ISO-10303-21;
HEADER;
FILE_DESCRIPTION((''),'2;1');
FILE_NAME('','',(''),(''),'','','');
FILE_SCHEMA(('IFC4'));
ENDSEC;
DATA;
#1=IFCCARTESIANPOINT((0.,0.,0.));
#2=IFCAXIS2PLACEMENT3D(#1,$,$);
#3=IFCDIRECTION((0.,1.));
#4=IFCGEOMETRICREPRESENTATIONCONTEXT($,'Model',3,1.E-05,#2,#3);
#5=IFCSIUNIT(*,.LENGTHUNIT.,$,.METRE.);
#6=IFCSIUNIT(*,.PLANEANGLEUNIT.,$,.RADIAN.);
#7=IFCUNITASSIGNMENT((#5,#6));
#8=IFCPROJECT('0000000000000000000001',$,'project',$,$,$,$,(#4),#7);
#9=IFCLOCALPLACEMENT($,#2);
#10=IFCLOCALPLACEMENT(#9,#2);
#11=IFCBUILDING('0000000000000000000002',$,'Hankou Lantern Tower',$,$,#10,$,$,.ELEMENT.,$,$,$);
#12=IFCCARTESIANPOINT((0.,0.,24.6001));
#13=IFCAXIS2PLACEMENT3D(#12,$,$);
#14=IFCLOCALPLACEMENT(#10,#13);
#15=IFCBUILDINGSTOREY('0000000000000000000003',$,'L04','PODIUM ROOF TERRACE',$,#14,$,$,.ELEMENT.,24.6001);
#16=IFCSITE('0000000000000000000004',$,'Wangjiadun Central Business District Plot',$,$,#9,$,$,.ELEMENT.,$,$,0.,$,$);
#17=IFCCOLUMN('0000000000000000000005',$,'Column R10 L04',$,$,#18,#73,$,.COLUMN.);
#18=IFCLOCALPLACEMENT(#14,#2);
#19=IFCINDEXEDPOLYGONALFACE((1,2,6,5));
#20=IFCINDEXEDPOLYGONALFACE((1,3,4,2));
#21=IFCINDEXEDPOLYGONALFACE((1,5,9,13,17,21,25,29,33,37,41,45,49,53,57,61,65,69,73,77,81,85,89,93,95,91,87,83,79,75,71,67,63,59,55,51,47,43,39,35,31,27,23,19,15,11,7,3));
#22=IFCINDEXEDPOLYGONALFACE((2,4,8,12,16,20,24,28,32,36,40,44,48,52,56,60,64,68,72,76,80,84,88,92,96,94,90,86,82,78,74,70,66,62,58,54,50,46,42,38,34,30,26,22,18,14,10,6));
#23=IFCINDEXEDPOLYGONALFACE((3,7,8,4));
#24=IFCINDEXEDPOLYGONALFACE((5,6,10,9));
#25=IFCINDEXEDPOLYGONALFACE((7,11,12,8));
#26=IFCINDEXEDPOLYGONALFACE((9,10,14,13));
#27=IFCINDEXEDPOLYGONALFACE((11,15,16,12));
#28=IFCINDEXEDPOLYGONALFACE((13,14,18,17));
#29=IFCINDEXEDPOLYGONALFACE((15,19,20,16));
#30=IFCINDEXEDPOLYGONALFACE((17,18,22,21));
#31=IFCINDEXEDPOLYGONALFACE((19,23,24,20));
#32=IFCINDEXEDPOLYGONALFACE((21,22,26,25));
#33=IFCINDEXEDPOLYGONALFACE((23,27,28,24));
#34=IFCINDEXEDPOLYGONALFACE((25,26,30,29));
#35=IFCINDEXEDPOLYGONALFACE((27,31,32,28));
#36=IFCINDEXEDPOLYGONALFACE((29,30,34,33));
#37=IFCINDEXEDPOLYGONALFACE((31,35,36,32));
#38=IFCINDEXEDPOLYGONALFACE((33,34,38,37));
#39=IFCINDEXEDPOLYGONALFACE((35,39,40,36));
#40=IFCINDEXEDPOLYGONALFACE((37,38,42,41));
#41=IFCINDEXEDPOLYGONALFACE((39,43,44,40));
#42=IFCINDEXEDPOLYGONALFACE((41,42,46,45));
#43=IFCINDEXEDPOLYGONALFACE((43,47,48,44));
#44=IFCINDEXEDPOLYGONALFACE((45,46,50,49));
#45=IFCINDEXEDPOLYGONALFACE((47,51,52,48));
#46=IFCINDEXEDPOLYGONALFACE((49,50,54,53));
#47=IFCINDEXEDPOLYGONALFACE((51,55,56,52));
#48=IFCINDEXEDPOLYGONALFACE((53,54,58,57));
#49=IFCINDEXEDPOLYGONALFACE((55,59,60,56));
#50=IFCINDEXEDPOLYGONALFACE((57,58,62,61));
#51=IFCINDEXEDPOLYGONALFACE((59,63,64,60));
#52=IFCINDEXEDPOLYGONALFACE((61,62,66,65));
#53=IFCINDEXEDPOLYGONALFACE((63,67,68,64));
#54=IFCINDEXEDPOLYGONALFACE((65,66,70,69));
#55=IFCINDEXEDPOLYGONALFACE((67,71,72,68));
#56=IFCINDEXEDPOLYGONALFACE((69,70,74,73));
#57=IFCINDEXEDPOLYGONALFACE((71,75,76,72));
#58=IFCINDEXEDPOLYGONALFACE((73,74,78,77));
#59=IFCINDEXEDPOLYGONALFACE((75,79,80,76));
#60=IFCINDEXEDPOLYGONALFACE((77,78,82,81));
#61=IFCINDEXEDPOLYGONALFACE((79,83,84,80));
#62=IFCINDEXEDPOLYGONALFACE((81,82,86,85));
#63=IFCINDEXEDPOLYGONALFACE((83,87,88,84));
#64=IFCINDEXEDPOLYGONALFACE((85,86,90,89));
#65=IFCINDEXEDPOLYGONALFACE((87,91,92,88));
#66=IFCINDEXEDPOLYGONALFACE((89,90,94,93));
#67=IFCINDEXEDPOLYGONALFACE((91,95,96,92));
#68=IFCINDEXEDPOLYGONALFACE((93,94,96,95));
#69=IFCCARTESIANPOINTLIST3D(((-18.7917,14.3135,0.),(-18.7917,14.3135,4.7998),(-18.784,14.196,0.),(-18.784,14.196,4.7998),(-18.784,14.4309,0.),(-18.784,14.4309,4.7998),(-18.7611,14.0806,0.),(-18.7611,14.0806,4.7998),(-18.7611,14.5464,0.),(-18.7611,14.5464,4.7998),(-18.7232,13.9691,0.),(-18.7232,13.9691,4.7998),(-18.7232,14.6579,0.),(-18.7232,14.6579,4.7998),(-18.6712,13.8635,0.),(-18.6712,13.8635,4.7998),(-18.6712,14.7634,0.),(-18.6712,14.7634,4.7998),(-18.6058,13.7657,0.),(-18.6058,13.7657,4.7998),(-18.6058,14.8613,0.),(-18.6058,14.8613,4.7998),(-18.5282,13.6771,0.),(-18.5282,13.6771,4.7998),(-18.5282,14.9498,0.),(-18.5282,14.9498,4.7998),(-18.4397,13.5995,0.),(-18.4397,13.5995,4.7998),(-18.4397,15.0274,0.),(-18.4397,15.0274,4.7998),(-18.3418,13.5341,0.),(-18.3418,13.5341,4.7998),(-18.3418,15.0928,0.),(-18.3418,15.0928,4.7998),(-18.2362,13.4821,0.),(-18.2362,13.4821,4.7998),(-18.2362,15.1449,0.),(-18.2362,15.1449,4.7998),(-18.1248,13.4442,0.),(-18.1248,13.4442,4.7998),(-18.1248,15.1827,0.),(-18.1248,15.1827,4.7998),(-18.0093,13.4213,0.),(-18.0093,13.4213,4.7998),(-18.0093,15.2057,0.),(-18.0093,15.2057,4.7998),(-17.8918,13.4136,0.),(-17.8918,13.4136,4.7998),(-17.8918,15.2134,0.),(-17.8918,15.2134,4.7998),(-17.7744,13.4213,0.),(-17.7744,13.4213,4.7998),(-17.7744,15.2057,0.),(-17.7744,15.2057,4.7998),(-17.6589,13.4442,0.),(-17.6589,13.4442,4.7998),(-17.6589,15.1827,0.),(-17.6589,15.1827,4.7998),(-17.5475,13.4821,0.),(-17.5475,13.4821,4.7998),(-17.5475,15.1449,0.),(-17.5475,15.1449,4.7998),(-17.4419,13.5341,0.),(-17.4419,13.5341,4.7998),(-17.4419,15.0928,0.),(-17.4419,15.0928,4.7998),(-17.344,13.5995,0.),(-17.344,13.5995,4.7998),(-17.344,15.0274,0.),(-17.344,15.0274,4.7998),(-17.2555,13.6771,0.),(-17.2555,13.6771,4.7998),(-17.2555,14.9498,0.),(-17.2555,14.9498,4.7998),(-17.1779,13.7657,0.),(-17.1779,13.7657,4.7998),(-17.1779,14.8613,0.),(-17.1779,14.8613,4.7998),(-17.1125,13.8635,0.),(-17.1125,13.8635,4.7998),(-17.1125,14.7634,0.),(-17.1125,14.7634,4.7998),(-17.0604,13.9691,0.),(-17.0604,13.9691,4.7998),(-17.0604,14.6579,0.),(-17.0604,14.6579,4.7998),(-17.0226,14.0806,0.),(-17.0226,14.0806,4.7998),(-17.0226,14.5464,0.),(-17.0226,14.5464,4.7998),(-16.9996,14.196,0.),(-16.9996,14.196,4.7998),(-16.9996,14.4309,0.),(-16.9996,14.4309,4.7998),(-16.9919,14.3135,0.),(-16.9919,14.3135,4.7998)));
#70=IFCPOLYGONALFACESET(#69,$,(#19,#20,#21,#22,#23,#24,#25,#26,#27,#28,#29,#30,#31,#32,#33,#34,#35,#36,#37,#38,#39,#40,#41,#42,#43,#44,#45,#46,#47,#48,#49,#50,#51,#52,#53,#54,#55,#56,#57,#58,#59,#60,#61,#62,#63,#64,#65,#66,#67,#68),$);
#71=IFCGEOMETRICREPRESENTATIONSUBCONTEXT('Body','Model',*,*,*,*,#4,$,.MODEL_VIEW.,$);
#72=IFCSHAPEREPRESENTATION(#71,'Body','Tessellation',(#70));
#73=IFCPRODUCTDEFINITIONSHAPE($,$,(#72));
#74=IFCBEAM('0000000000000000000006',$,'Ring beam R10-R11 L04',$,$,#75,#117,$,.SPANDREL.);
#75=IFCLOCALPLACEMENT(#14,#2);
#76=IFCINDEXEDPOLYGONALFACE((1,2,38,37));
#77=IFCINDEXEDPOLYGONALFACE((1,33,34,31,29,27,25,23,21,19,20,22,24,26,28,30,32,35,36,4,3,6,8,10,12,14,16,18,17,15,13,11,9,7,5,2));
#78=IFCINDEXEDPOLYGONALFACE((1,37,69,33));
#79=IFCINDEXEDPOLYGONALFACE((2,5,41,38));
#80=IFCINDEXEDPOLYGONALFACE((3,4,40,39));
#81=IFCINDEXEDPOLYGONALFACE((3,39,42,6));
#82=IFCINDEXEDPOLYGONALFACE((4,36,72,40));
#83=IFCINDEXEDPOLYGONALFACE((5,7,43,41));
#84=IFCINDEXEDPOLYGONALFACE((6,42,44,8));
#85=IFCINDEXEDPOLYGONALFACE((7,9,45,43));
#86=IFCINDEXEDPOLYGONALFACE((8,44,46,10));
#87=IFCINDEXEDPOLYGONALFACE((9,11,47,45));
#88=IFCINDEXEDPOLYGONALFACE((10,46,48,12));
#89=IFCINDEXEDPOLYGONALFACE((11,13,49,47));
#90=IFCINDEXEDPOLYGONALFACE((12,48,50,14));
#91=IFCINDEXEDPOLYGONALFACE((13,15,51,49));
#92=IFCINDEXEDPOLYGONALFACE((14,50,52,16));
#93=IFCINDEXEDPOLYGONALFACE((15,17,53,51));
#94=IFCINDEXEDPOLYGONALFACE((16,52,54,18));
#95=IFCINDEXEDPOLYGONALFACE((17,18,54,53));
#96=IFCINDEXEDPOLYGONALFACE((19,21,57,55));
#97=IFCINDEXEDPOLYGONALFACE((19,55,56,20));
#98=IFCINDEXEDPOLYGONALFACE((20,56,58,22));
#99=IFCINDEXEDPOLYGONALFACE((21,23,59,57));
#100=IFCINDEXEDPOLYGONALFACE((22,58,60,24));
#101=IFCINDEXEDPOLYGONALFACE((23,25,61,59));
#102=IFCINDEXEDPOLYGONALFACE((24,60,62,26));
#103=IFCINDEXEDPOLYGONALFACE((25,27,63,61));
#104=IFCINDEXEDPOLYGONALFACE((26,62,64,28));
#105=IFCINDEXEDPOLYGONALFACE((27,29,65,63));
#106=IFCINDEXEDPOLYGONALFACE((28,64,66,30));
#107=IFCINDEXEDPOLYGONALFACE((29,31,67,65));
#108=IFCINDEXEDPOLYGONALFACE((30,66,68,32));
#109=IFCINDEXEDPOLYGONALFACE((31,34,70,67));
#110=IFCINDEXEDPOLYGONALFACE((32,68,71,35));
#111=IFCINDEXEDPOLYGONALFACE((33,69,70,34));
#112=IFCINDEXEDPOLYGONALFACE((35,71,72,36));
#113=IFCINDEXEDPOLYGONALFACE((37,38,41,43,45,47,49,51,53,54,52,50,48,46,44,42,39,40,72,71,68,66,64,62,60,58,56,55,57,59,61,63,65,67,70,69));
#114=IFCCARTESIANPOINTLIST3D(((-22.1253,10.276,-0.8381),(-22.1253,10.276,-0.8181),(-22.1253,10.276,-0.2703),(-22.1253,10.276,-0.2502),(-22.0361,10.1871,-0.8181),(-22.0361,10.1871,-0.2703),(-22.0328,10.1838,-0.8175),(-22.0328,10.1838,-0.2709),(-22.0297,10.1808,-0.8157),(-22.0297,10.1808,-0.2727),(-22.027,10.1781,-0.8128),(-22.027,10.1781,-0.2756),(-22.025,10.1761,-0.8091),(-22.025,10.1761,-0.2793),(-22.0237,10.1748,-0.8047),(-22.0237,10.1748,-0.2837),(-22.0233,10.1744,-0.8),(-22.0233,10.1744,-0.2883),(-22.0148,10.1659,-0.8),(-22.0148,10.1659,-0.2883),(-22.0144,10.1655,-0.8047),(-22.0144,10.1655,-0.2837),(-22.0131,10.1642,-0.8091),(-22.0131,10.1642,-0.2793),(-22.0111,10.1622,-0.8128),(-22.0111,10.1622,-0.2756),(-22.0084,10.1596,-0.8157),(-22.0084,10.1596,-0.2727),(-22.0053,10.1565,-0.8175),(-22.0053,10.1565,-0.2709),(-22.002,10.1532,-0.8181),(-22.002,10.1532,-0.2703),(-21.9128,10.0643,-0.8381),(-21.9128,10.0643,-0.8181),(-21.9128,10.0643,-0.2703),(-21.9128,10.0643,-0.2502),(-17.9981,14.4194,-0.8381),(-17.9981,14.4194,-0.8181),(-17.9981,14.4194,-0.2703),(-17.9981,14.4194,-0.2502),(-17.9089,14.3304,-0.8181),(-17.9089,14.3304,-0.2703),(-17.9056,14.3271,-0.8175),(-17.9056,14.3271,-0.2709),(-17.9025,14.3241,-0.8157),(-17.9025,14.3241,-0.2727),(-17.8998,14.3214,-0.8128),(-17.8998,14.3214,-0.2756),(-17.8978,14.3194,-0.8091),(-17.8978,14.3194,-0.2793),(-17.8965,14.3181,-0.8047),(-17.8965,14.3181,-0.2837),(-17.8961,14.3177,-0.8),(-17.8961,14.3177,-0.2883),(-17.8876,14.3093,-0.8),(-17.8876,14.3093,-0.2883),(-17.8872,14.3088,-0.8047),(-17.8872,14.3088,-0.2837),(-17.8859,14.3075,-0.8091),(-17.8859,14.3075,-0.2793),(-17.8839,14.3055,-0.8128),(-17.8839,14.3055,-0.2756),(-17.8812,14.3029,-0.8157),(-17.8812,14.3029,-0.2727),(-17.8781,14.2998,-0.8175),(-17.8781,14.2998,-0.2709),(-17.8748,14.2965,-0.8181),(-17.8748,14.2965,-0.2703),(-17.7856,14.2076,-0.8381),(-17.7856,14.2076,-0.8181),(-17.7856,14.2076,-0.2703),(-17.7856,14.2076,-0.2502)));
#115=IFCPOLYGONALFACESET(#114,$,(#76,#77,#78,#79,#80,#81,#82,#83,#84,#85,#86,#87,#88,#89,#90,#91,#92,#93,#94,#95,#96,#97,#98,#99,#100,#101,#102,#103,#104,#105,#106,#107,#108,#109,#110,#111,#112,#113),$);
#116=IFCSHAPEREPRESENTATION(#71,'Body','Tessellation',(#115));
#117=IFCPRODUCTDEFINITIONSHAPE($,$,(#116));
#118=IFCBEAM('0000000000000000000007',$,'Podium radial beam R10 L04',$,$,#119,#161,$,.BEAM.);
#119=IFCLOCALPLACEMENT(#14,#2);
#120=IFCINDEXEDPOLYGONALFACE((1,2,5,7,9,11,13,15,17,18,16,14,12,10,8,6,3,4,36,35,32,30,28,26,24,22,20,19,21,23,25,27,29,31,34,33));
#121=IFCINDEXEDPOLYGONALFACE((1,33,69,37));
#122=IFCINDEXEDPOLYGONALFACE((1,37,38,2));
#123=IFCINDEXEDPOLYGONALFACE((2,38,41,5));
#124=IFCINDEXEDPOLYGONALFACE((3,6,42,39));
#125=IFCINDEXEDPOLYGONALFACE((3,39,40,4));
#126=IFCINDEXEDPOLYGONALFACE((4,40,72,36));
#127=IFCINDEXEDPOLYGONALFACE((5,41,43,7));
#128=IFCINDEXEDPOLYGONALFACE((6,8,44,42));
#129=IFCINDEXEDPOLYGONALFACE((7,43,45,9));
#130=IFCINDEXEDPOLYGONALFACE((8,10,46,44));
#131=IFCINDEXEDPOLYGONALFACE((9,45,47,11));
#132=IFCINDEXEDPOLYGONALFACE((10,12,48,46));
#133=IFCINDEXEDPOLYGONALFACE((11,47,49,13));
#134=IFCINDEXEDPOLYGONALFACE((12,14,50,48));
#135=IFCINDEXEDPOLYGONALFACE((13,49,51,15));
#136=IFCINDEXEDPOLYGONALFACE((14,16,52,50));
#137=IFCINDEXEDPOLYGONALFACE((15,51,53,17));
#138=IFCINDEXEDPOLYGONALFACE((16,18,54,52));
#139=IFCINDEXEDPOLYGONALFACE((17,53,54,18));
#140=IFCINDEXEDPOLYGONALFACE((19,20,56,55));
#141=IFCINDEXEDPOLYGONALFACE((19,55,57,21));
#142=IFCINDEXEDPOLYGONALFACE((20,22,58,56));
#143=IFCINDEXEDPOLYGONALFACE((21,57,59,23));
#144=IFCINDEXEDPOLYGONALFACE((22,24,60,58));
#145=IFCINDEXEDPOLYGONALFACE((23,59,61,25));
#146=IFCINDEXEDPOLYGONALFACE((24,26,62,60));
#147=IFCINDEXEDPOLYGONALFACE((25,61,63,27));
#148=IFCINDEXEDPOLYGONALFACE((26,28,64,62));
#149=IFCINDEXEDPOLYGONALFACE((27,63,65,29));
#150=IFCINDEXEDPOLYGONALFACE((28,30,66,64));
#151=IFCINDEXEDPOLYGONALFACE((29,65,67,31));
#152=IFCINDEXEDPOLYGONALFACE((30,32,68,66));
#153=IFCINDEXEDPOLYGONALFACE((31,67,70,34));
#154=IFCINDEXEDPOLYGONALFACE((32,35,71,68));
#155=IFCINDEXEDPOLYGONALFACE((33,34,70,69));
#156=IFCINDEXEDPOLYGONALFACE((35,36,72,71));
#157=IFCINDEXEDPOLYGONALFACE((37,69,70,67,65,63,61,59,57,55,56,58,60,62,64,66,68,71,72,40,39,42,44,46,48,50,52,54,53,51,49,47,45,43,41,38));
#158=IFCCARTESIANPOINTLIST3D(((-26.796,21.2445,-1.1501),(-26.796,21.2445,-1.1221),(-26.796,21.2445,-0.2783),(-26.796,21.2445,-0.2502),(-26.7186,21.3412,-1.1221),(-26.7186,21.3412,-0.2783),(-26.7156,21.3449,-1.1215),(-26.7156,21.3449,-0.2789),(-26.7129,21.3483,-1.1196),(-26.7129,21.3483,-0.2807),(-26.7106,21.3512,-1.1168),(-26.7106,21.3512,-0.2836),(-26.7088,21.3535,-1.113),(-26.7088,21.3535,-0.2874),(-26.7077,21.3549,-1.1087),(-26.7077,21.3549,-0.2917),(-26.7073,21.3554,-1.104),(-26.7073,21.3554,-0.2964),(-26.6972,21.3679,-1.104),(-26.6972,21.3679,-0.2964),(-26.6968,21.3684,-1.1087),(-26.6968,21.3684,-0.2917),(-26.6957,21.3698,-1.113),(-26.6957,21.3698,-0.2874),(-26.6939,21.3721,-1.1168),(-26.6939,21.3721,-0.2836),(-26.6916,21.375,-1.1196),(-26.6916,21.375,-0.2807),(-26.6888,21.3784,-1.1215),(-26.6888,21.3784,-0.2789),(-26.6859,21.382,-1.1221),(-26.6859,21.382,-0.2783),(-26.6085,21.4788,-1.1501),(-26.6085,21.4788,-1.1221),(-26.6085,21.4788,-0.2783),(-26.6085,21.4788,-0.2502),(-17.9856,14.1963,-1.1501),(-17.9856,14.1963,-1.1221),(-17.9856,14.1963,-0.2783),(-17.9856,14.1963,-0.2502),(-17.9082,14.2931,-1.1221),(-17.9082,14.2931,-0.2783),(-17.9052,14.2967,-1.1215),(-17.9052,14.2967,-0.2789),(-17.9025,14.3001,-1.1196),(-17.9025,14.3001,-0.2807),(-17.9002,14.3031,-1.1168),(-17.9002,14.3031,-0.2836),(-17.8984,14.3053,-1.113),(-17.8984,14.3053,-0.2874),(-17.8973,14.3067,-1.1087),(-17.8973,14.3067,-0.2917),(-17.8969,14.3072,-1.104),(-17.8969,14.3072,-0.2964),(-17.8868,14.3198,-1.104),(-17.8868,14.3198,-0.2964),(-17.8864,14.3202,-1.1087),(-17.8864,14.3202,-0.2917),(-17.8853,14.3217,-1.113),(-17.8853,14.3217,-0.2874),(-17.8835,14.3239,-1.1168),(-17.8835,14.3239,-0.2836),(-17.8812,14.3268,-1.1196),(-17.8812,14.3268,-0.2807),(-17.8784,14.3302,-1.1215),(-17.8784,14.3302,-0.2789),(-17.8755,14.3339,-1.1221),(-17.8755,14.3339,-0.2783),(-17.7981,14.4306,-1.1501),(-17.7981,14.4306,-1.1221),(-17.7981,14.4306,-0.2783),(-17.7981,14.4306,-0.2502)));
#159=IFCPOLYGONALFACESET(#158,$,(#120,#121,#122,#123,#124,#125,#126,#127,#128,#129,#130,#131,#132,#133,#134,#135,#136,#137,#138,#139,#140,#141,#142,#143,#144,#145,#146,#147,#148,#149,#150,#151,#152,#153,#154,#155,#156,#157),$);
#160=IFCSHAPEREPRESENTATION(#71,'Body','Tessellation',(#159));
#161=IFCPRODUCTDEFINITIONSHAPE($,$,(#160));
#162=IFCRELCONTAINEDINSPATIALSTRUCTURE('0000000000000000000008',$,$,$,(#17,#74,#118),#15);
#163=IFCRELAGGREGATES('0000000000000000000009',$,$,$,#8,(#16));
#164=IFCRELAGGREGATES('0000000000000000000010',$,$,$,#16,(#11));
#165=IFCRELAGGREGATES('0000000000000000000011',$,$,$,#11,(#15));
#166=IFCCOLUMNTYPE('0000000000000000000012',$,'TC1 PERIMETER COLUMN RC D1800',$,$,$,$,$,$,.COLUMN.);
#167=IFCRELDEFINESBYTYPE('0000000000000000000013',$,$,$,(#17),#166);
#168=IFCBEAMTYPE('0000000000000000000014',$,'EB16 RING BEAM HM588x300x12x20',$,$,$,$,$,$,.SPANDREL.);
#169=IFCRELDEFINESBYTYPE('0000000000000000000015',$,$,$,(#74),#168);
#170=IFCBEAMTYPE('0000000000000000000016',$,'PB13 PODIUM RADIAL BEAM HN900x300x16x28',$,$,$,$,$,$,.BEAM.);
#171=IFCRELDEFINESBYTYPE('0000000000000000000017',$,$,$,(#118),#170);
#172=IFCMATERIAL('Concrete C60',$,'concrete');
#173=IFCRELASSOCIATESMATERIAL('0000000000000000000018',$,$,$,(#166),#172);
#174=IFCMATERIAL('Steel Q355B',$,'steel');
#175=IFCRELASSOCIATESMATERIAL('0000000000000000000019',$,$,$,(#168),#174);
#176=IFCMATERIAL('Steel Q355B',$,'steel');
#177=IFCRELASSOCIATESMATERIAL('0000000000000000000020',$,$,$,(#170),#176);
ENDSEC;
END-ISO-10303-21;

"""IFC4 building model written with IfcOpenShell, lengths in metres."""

from ifc_helpers import new_model, si_unit, direction, frame, origin, origin_2d, place, context, subcontext, project, spatial, circle, i_section, extrude, material, material_profile, profile_set, type_object, element, save


model = new_model("IFC4")

# Units and contexts
model_context = context("Model", 3, precision=1e-05, world=origin(), true_north=direction((0.0, 1.0)))
body_context = subcontext(model_context, "Body", "Model", "MODEL_VIEW")
ifc_project = project(units=[si_unit("LENGTHUNIT", "METRE"), si_unit("PLANEANGLEUNIT", "RADIAN")], contexts=[model_context])

# Site, building, storey
site_placement = place(None, origin())
site = spatial("IfcSite", under=ifc_project, at=site_placement, Name="Wangjiadun Central Business District Plot", CompositionType="ELEMENT", RefElevation=0.0)
building_placement = place(site_placement, origin())
building = spatial("IfcBuilding", under=site, at=building_placement, Name="Hankou Lantern Tower", CompositionType="ELEMENT")
storey_placement = place(building_placement, frame((0.0, 0.0, 24.6001)))
storey = spatial("IfcBuildingStorey", under=building, at=storey_placement, Name="L04", Description="PODIUM ROOF TERRACE", CompositionType="ELEMENT", Elevation=24.6001)

# Column
ifc_material_1 = material(Name="Concrete C60", Category="concrete")
ifc_material_profile_1 = material_profile(ifc_material_1, circle(Radius=0.8999, at=origin_2d()), Name="RC D1800")
ifc_profile_set_1 = profile_set([ifc_material_profile_1], Name="Concrete C60")
column_type = type_object("IfcColumnType", Name="TC1 PERIMETER COLUMN RC D1800", PredefinedType="COLUMN", material=ifc_profile_set_1)
column_placement = place(storey_placement, frame((-17.8918, 14.3135, 0.0), z_axis=(0.0, 0.0, 1.0), x_axis=(1.0, 0.0, 0.0)))
element("IfcColumn", 1, at=column_placement, inside=storey, type_object=column_type, Name="Column R10 L04", PredefinedType="COLUMN", context=body_context, shape_type="SweptSolid", body=[
    extrude(circle(Radius=0.8999, at=origin_2d()), origin(), (0.0, 0.0, 1.0), 4.7998),
])

# Beams
ifc_material_2 = material(Name="Steel Q355B", Category="steel")
ifc_material_profile_2 = material_profile(ifc_material_2, i_section(OverallWidth=0.3, OverallDepth=0.5879, WebThickness=0.012, FlangeThickness=0.02, FilletRadius=0.0181, at=origin_2d()), Name="HM588x300x12x20")
ifc_profile_set_2 = profile_set([ifc_material_profile_2], Name="Steel Q355B")
beam_type_1 = type_object("IfcBeamType", Name="EB16 RING BEAM HM588x300x12x20", PredefinedType="SPANDREL", material=ifc_profile_set_2)
beam_1_placement = place(storey_placement, frame((-17.8918, 14.3135, -0.5442), z_axis=(-0.705728, -0.708483, 0.0), x_axis=(0.708483, -0.705728, 0.0)))
element("IfcBeam", 2, at=beam_1_placement, inside=storey, type_object=beam_type_1, Name="Ring beam R10-R11 L04", PredefinedType="SPANDREL", context=body_context, shape_type="SweptSolid", body=[
    extrude(i_section(OverallWidth=0.3, OverallDepth=0.5879, WebThickness=0.012, FlangeThickness=0.02, FilletRadius=0.0181, at=origin_2d()), origin(), (0.0, 0.0, 1.0), 5.8481),
])
ifc_material_3 = material(Name="Steel Q355B", Category="steel")
ifc_material_profile_3 = material_profile(ifc_material_3, i_section(OverallWidth=0.3, OverallDepth=0.8999, WebThickness=0.0161, FlangeThickness=0.0281, FilletRadius=0.0181, at=origin_2d()), Name="HN900x300x16x28")
ifc_profile_set_3 = profile_set([ifc_material_profile_3], Name="Steel Q355B")
beam_type_2 = type_object("IfcBeamType", Name="PB13 PODIUM RADIAL BEAM HN900x300x16x28", PredefinedType="BEAM", material=ifc_profile_set_3)
beam_2_placement = place(storey_placement, frame((-17.8918, 14.3135, -0.7002), z_axis=(-0.780875, 0.624687, 0.0), x_axis=(-0.624687, -0.780875, 0.0)))
element("IfcBeam", 3, at=beam_2_placement, inside=storey, type_object=beam_type_2, Name="Podium radial beam R10 L04", PredefinedType="BEAM", context=body_context, shape_type="SweptSolid", body=[
    extrude(i_section(OverallWidth=0.3, OverallDepth=0.8999, WebThickness=0.0161, FlangeThickness=0.0281, FilletRadius=0.0181, at=origin_2d()), origin(), (0.0, 0.0, 1.0), 11.2827),
])

save(model, "model.ifc")
